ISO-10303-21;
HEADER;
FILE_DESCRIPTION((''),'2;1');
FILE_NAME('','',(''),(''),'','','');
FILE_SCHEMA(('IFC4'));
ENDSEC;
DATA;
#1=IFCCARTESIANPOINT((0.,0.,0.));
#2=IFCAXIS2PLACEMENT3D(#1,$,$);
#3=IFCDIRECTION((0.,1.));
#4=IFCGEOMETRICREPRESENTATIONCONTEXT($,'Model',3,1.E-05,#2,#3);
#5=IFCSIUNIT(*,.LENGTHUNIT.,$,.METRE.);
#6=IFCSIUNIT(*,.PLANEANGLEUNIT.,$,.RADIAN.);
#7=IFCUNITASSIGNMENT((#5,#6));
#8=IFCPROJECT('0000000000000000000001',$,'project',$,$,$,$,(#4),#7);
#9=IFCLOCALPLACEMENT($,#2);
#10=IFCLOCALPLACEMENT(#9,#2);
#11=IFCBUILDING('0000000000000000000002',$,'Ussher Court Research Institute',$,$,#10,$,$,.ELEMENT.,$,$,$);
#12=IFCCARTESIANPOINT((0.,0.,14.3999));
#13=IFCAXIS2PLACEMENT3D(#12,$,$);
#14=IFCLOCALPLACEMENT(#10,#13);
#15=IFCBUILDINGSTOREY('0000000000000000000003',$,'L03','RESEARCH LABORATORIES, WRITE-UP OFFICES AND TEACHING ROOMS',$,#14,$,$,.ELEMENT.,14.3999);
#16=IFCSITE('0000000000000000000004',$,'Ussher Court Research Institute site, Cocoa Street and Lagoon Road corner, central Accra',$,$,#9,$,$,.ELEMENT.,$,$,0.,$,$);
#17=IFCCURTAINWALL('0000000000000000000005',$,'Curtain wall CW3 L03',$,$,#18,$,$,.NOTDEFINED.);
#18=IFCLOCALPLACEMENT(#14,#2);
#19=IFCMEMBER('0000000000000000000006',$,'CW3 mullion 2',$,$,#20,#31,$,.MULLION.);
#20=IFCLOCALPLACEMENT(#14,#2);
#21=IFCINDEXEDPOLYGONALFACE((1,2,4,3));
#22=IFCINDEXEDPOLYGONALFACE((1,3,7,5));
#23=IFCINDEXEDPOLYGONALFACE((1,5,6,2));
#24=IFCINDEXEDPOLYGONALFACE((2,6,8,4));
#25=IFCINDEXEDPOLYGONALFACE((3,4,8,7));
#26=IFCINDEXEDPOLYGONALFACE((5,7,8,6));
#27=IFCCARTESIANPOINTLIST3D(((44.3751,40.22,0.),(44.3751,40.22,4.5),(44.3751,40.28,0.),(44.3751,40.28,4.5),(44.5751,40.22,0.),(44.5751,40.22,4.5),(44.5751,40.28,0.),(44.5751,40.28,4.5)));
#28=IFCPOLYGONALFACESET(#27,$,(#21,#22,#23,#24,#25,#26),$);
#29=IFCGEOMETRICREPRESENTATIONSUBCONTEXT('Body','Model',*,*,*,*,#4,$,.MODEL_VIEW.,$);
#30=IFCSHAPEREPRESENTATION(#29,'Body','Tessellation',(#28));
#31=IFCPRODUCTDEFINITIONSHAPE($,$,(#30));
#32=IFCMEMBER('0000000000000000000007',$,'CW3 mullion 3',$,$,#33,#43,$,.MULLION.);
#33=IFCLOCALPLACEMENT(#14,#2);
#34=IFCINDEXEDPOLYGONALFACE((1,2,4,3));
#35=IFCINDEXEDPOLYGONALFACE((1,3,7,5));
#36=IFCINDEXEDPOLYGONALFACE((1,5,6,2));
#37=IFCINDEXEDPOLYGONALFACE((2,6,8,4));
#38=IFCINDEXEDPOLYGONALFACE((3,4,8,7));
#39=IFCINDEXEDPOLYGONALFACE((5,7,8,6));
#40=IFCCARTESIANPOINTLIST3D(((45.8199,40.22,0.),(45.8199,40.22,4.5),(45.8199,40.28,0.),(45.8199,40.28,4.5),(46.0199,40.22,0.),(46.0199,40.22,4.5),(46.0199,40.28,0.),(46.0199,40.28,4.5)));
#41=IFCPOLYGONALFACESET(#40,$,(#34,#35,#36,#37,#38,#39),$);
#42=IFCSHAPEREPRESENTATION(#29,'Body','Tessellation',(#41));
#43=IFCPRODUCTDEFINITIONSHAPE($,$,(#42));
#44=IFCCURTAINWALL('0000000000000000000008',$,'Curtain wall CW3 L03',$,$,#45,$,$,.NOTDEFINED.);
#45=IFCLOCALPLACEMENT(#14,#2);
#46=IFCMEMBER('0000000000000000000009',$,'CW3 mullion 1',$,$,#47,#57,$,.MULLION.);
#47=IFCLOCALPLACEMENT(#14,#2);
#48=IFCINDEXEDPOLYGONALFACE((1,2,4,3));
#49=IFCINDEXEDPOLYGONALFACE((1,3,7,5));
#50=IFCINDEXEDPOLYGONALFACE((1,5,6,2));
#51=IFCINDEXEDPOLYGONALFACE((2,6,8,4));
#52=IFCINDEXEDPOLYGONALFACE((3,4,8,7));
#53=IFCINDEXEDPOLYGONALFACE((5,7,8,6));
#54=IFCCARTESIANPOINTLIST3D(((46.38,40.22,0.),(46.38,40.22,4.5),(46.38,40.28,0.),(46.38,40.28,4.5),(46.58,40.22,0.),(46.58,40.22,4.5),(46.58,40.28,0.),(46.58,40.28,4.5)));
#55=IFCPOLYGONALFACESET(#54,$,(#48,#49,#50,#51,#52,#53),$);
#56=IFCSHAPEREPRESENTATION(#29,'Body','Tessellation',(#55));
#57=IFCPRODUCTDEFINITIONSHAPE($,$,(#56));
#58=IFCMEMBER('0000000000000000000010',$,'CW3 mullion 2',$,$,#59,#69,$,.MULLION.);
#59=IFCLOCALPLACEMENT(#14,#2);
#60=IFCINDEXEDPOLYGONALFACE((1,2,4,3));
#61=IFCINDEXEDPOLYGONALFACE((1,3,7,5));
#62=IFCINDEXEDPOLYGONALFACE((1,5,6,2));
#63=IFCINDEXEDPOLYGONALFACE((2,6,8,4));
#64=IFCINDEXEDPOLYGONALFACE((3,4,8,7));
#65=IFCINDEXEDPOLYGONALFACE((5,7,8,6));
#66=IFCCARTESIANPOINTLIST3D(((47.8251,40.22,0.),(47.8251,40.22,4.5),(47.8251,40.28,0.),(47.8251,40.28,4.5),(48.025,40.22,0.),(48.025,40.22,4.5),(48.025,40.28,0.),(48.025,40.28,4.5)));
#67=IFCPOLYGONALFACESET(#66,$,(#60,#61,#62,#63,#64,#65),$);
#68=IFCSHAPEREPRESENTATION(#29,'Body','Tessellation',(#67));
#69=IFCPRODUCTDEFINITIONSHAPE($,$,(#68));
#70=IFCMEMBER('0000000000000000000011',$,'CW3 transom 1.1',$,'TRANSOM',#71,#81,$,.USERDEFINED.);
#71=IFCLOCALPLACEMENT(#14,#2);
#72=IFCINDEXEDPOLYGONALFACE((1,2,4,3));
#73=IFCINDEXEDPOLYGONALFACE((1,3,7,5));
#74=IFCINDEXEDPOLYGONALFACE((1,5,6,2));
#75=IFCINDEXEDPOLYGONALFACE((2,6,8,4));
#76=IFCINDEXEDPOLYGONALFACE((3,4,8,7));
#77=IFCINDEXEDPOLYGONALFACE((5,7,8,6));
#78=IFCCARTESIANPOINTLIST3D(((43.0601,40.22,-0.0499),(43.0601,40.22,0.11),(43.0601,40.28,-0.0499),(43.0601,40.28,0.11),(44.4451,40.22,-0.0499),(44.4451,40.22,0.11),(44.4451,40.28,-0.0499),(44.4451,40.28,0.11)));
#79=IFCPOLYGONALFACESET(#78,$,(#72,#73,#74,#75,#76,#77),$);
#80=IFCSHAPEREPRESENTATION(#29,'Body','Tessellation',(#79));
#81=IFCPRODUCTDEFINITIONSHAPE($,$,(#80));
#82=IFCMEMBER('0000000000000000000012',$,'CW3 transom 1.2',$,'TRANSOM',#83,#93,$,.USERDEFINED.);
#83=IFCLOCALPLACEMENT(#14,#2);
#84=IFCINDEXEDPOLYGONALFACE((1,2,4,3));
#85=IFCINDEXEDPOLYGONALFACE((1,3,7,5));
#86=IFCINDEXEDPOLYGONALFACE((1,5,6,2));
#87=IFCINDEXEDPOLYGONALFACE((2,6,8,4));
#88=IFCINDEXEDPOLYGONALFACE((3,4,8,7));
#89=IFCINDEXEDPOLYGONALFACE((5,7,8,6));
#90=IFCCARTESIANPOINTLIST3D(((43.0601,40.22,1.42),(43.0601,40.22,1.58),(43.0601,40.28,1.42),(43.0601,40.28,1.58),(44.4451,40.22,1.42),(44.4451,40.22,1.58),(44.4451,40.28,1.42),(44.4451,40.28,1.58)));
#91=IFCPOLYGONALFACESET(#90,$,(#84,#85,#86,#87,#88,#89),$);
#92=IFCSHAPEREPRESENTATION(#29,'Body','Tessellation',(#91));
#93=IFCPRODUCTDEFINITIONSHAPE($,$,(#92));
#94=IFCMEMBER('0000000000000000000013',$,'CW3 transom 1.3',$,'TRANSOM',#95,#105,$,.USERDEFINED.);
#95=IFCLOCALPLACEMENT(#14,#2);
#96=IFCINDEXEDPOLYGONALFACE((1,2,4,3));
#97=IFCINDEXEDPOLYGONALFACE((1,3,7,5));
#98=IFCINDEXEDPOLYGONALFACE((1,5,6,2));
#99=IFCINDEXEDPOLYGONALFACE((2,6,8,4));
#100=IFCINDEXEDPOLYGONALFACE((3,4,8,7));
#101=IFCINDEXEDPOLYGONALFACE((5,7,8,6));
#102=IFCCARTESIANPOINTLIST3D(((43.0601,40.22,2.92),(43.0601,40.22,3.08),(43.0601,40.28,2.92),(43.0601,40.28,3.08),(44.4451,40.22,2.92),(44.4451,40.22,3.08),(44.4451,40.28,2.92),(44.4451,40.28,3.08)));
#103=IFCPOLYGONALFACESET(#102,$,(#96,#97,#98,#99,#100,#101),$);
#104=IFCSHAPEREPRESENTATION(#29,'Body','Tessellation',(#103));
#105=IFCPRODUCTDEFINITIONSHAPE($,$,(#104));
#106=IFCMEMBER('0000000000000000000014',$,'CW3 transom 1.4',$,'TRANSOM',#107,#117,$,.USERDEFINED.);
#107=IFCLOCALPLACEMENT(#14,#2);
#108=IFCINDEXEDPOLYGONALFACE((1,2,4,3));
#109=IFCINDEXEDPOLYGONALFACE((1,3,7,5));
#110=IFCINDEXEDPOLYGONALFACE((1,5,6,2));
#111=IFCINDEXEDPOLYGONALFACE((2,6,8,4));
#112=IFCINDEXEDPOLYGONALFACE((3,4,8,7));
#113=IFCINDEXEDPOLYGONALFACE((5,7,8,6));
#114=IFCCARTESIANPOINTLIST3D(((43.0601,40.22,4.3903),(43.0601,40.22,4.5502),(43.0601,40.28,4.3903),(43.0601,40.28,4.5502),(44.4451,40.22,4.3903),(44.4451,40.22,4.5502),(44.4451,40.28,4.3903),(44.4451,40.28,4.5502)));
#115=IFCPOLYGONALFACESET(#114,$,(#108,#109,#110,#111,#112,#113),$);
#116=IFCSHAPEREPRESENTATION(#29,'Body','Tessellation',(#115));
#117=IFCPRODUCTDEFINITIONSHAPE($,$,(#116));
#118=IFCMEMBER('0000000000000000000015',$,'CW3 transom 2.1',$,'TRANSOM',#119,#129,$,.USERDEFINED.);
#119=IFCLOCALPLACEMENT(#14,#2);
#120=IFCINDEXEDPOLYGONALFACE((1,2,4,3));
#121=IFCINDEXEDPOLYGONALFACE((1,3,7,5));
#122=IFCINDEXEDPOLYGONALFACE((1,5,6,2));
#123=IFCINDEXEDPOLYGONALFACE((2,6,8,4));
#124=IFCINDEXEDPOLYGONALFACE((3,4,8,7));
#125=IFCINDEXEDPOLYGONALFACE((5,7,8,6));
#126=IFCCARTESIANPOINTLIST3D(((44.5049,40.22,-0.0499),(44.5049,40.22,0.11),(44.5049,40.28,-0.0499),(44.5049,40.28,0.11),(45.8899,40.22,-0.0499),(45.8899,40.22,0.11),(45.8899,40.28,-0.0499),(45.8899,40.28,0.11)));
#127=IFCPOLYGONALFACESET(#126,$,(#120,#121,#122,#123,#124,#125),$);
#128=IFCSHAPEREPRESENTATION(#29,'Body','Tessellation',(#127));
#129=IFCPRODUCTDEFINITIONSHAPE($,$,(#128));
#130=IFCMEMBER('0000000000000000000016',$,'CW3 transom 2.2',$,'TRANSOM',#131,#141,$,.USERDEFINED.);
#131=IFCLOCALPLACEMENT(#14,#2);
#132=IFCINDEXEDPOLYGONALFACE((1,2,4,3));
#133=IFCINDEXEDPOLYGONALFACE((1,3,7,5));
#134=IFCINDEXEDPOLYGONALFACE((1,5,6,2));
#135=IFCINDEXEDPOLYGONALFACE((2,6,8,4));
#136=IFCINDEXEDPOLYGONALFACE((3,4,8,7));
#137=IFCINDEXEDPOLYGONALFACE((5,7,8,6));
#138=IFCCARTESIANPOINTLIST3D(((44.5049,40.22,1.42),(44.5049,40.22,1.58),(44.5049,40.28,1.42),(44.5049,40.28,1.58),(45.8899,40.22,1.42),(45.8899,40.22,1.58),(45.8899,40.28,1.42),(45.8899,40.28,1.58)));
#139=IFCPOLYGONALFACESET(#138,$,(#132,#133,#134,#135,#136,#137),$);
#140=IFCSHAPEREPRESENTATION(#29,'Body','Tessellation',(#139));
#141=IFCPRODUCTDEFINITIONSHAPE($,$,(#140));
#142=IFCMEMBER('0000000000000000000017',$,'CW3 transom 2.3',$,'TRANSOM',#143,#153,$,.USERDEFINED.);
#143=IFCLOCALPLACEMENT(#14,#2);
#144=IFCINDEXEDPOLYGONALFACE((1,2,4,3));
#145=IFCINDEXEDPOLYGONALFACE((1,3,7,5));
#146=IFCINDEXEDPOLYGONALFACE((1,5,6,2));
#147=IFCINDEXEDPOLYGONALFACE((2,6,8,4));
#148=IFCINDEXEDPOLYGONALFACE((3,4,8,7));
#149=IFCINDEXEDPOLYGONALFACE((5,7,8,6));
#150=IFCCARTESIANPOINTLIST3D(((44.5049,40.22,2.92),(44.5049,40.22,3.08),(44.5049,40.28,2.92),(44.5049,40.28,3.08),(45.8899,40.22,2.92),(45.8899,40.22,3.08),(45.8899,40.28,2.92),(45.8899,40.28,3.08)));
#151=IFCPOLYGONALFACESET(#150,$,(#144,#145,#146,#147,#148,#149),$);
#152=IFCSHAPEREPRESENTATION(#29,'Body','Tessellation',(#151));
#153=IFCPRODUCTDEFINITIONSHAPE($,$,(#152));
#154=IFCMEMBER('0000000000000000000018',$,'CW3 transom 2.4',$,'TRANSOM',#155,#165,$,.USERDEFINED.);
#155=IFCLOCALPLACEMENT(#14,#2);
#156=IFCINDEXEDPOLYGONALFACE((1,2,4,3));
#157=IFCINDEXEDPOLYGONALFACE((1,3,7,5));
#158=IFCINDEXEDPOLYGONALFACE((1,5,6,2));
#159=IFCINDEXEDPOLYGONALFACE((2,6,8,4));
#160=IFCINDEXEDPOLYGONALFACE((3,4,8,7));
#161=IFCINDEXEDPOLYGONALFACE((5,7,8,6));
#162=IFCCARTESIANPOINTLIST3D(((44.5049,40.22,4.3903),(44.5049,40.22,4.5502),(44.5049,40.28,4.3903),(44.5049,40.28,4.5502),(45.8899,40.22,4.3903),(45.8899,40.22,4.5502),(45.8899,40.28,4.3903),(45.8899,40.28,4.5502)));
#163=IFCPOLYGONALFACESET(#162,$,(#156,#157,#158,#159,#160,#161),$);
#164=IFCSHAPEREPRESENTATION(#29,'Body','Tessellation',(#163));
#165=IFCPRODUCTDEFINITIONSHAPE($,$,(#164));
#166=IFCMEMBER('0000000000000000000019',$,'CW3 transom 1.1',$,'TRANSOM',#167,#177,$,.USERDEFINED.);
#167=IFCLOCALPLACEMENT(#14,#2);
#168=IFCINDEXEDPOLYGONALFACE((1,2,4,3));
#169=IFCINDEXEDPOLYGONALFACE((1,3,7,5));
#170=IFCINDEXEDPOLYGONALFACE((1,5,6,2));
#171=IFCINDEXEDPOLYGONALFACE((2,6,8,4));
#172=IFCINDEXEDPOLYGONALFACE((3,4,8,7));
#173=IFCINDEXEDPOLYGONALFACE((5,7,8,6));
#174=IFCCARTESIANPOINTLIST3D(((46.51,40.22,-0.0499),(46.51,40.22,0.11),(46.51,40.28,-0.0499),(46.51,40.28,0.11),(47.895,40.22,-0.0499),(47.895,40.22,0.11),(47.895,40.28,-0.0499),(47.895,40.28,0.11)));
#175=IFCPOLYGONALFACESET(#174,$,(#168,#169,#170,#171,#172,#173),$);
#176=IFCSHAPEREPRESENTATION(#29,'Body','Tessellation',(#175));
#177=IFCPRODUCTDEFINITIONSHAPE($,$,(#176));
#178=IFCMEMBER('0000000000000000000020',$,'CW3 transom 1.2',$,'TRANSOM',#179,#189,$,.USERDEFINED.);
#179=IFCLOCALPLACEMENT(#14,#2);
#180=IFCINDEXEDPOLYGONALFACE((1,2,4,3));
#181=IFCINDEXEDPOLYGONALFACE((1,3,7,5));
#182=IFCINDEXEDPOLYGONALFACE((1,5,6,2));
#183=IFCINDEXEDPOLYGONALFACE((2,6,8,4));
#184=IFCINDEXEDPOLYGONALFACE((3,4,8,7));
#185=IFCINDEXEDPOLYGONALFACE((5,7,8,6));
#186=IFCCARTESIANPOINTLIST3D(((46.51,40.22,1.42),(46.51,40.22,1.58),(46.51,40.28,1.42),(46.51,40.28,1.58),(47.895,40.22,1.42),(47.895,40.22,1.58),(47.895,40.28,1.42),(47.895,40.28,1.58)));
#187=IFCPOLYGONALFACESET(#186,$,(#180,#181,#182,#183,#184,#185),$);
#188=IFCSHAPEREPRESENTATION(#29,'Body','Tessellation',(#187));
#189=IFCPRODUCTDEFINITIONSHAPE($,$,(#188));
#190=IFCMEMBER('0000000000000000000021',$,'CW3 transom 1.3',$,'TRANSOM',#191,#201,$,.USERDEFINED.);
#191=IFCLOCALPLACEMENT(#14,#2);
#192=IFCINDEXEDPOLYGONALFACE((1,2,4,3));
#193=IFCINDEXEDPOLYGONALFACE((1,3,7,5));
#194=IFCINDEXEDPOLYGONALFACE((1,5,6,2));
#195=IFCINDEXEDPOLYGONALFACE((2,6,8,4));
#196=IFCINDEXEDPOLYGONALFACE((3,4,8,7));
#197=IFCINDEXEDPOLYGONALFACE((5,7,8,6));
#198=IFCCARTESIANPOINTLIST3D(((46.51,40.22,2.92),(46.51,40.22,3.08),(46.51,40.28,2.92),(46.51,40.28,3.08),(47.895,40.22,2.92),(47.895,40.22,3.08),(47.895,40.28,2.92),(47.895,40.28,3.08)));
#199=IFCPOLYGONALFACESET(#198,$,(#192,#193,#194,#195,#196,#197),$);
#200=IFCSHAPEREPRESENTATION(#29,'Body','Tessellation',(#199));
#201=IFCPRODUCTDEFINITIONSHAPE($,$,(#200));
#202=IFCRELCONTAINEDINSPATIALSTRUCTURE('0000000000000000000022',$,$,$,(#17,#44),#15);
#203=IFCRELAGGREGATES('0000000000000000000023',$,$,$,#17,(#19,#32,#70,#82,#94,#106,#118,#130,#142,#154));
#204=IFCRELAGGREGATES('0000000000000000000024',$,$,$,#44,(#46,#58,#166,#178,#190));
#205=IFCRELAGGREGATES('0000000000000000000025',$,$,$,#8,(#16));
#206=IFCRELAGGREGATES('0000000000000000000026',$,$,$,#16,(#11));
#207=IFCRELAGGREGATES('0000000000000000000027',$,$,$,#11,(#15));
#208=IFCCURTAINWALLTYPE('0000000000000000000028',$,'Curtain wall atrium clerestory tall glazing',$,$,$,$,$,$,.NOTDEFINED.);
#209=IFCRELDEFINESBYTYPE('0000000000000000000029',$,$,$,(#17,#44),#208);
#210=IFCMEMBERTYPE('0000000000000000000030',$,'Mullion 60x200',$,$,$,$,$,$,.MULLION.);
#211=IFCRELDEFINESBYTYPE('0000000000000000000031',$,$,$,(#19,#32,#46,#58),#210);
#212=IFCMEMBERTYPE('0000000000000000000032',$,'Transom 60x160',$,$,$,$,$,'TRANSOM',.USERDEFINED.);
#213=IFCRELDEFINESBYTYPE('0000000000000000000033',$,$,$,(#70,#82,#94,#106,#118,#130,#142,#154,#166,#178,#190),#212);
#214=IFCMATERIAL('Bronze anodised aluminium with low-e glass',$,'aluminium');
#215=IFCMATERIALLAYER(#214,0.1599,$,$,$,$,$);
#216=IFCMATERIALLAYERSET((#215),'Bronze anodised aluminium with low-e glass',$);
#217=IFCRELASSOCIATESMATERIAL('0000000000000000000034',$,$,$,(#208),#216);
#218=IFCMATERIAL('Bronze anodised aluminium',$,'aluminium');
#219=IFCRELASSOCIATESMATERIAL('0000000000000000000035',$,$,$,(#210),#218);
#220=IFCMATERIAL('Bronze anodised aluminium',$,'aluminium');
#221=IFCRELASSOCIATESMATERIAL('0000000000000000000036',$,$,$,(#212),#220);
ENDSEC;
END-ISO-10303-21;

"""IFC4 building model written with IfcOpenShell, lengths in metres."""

from ifc_helpers import new_model, si_unit, direction, frame, origin, origin_2d, place, context, subcontext, project, spatial, rectangle, extrude, material, layer, layer_set, material_profile, profile_set, type_object, element, aggregate, save


model = new_model("IFC4")

# Units and contexts
model_context = context("Model", 3, precision=1e-05, world=origin(), true_north=direction((0.0, 1.0)))
body_context = subcontext(model_context, "Body", "Model", "MODEL_VIEW")
ifc_project = project(units=[si_unit("LENGTHUNIT", "METRE"), si_unit("PLANEANGLEUNIT", "RADIAN")], contexts=[model_context])

# Site, building, storey
site_placement = place(None, origin())
site = spatial("IfcSite", under=ifc_project, at=site_placement, Name="Ussher Court Research Institute site, Cocoa Street and Lagoon Road corner, central Accra", CompositionType="ELEMENT", RefElevation=0.0)
building_placement = place(site_placement, origin())
building = spatial("IfcBuilding", under=site, at=building_placement, Name="Ussher Court Research Institute", CompositionType="ELEMENT")
storey_placement = place(building_placement, frame((0.0, 0.0, 14.3999)))
storey = spatial("IfcBuildingStorey", under=building, at=storey_placement, Name="L03", Description="RESEARCH LABORATORIES, WRITE-UP OFFICES AND TEACHING ROOMS", CompositionType="ELEMENT", Elevation=14.3999)

# Curtain walls, members
ifc_material_1 = material(Name="Bronze anodised aluminium with low-e glass", Category="aluminium")
ifc_layer_1 = layer(ifc_material_1, 0.1599)
ifc_layer_set_1 = layer_set([ifc_layer_1], Name="Bronze anodised aluminium with low-e glass")
curtain_wall_type = type_object("IfcCurtainWallType", Name="Curtain wall atrium clerestory tall glazing", PredefinedType="NOTDEFINED", material=ifc_layer_set_1)
curtain_wall_1_placement = place(storey_placement, origin())
curtain_wall_1 = element("IfcCurtainWall", 1, at=curtain_wall_1_placement, inside=storey, type_object=curtain_wall_type, Name="Curtain wall CW3 L03", PredefinedType="NOTDEFINED")
ifc_material_2 = material(Name="Bronze anodised aluminium", Category="aluminium")
ifc_material_profile_1 = material_profile(ifc_material_2, rectangle(XDim=0.0601, YDim=0.2, at=origin_2d()), Name="Mullion 60x200")
ifc_profile_set_1 = profile_set([ifc_material_profile_1], Name="Bronze anodised aluminium")
member_type_1 = type_object("IfcMemberType", Name="Mullion 60x200", PredefinedType="MULLION", material=ifc_profile_set_1)
member_1_placement = place(storey_placement, frame((44.4751, 40.25, 0.0), z_axis=(0.0, 0.0, 1.0), x_axis=(0.0, 1.0, 0.0)))
member_1 = element("IfcMember", 2, at=member_1_placement, type_object=member_type_1, Name="CW3 mullion 2", PredefinedType="MULLION", context=body_context, shape_type="SweptSolid", body=[
    extrude(rectangle(XDim=0.0601, YDim=0.2, at=origin_2d()), origin(), (0.0, 0.0, 1.0), 4.5),
])
member_2_placement = place(storey_placement, frame((45.9199, 40.25, 0.0), z_axis=(0.0, 0.0, 1.0), x_axis=(0.0, 1.0, 0.0)))
member_2 = element("IfcMember", 3, at=member_2_placement, type_object=member_type_1, Name="CW3 mullion 3", PredefinedType="MULLION", context=body_context, shape_type="SweptSolid", body=[
    extrude(rectangle(XDim=0.0601, YDim=0.2, at=origin_2d()), origin(), (0.0, 0.0, 1.0), 4.5),
])
curtain_wall_2_placement = place(storey_placement, origin())
curtain_wall_2 = element("IfcCurtainWall", 4, at=curtain_wall_2_placement, inside=storey, type_object=curtain_wall_type, Name="Curtain wall CW3 L03", PredefinedType="NOTDEFINED")
member_3_placement = place(storey_placement, frame((46.48, 40.25, 0.0), z_axis=(0.0, 0.0, 1.0), x_axis=(0.0, 1.0, 0.0)))
member_3 = element("IfcMember", 5, at=member_3_placement, type_object=member_type_1, Name="CW3 mullion 1", PredefinedType="MULLION", context=body_context, shape_type="SweptSolid", body=[
    extrude(rectangle(XDim=0.0601, YDim=0.2, at=origin_2d()), origin(), (0.0, 0.0, 1.0), 4.5),
])
member_4_placement = place(storey_placement, frame((47.925, 40.25, 0.0), z_axis=(0.0, 0.0, 1.0), x_axis=(0.0, 1.0, 0.0)))
member_4 = element("IfcMember", 6, at=member_4_placement, type_object=member_type_1, Name="CW3 mullion 2", PredefinedType="MULLION", context=body_context, shape_type="SweptSolid", body=[
    extrude(rectangle(XDim=0.0601, YDim=0.2, at=origin_2d()), origin(), (0.0, 0.0, 1.0), 4.5),
])

# Members
ifc_material_3 = material(Name="Bronze anodised aluminium", Category="aluminium")
ifc_material_profile_2 = material_profile(ifc_material_3, rectangle(XDim=0.0601, YDim=0.1599, at=origin_2d()), Name="Transom 60x160")
ifc_profile_set_2 = profile_set([ifc_material_profile_2], Name="Bronze anodised aluminium")
member_type_2 = type_object("IfcMemberType", Name="Transom 60x160", ElementType="TRANSOM", PredefinedType="USERDEFINED", material=ifc_profile_set_2)
member_5_placement = place(storey_placement, frame((43.0601, 40.25, 0.03), z_axis=(1.0, 0.0, 0.0), x_axis=(0.0, 1.0, 0.0)))
member_5 = element("IfcMember", 7, at=member_5_placement, type_object=member_type_2, Name="CW3 transom 1.1", ObjectType="TRANSOM", PredefinedType="USERDEFINED", context=body_context, shape_type="SweptSolid", body=[
    extrude(rectangle(XDim=0.0601, YDim=0.1599, at=origin_2d()), origin(), (0.0, 0.0, 1.0), 1.385),
])
member_6_placement = place(storey_placement, frame((43.0601, 40.25, 1.5), z_axis=(1.0, 0.0, 0.0), x_axis=(0.0, 1.0, 0.0)))
member_6 = element("IfcMember", 8, at=member_6_placement, type_object=member_type_2, Name="CW3 transom 1.2", ObjectType="TRANSOM", PredefinedType="USERDEFINED", context=body_context, shape_type="SweptSolid", body=[
    extrude(rectangle(XDim=0.0601, YDim=0.1599, at=origin_2d()), origin(), (0.0, 0.0, 1.0), 1.385),
])
member_7_placement = place(storey_placement, frame((43.0601, 40.25, 3.0), z_axis=(1.0, 0.0, 0.0), x_axis=(0.0, 1.0, 0.0)))
member_7 = element("IfcMember", 9, at=member_7_placement, type_object=member_type_2, Name="CW3 transom 1.3", ObjectType="TRANSOM", PredefinedType="USERDEFINED", context=body_context, shape_type="SweptSolid", body=[
    extrude(rectangle(XDim=0.0601, YDim=0.1599, at=origin_2d()), origin(), (0.0, 0.0, 1.0), 1.385),
])
member_8_placement = place(storey_placement, frame((43.0601, 40.25, 4.4702), z_axis=(1.0, 0.0, 0.0), x_axis=(0.0, 1.0, 0.0)))
member_8 = element("IfcMember", 10, at=member_8_placement, type_object=member_type_2, Name="CW3 transom 1.4", ObjectType="TRANSOM", PredefinedType="USERDEFINED", context=body_context, shape_type="SweptSolid", body=[
    extrude(rectangle(XDim=0.0601, YDim=0.1599, at=origin_2d()), origin(), (0.0, 0.0, 1.0), 1.385),
])
member_9_placement = place(storey_placement, frame((44.5049, 40.25, 0.03), z_axis=(1.0, 0.0, 0.0), x_axis=(0.0, 1.0, 0.0)))
member_9 = element("IfcMember", 11, at=member_9_placement, type_object=member_type_2, Name="CW3 transom 2.1", ObjectType="TRANSOM", PredefinedType="USERDEFINED", context=body_context, shape_type="SweptSolid", body=[
    extrude(rectangle(XDim=0.0601, YDim=0.1599, at=origin_2d()), origin(), (0.0, 0.0, 1.0), 1.385),
])
member_10_placement = place(storey_placement, frame((44.5049, 40.25, 1.5), z_axis=(1.0, 0.0, 0.0), x_axis=(0.0, 1.0, 0.0)))
member_10 = element("IfcMember", 12, at=member_10_placement, type_object=member_type_2, Name="CW3 transom 2.2", ObjectType="TRANSOM", PredefinedType="USERDEFINED", context=body_context, shape_type="SweptSolid", body=[
    extrude(rectangle(XDim=0.0601, YDim=0.1599, at=origin_2d()), origin(), (0.0, 0.0, 1.0), 1.385),
])
member_11_placement = place(storey_placement, frame((44.5049, 40.25, 3.0), z_axis=(1.0, 0.0, 0.0), x_axis=(0.0, 1.0, 0.0)))
member_11 = element("IfcMember", 13, at=member_11_placement, type_object=member_type_2, Name="CW3 transom 2.3", ObjectType="TRANSOM", PredefinedType="USERDEFINED", context=body_context, shape_type="SweptSolid", body=[
    extrude(rectangle(XDim=0.0601, YDim=0.1599, at=origin_2d()), origin(), (0.0, 0.0, 1.0), 1.385),
])
member_12_placement = place(storey_placement, frame((44.5049, 40.25, 4.4702), z_axis=(1.0, 0.0, 0.0), x_axis=(0.0, 1.0, 0.0)))
member_12 = element("IfcMember", 14, at=member_12_placement, type_object=member_type_2, Name="CW3 transom 2.4", ObjectType="TRANSOM", PredefinedType="USERDEFINED", context=body_context, shape_type="SweptSolid", body=[
    extrude(rectangle(XDim=0.0601, YDim=0.1599, at=origin_2d()), origin(), (0.0, 0.0, 1.0), 1.385),
])
member_13_placement = place(storey_placement, frame((46.51, 40.25, 0.03), z_axis=(1.0, 0.0, 0.0), x_axis=(0.0, 1.0, 0.0)))
member_13 = element("IfcMember", 15, at=member_13_placement, type_object=member_type_2, Name="CW3 transom 1.1", ObjectType="TRANSOM", PredefinedType="USERDEFINED", context=body_context, shape_type="SweptSolid", body=[
    extrude(rectangle(XDim=0.0601, YDim=0.1599, at=origin_2d()), origin(), (0.0, 0.0, 1.0), 1.385),
])
member_14_placement = place(storey_placement, frame((46.51, 40.25, 1.5), z_axis=(1.0, 0.0, 0.0), x_axis=(0.0, 1.0, 0.0)))
member_14 = element("IfcMember", 16, at=member_14_placement, type_object=member_type_2, Name="CW3 transom 1.2", ObjectType="TRANSOM", PredefinedType="USERDEFINED", context=body_context, shape_type="SweptSolid", body=[
    extrude(rectangle(XDim=0.0601, YDim=0.1599, at=origin_2d()), origin(), (0.0, 0.0, 1.0), 1.385),
])
member_15_placement = place(storey_placement, frame((46.51, 40.25, 3.0), z_axis=(1.0, 0.0, 0.0), x_axis=(0.0, 1.0, 0.0)))
member_15 = element("IfcMember", 17, at=member_15_placement, type_object=member_type_2, Name="CW3 transom 1.3", ObjectType="TRANSOM", PredefinedType="USERDEFINED", context=body_context, shape_type="SweptSolid", body=[
    extrude(rectangle(XDim=0.0601, YDim=0.1599, at=origin_2d()), origin(), (0.0, 0.0, 1.0), 1.385),
])

aggregate(curtain_wall_1, [member_1, member_2, member_5, member_6, member_7, member_8, member_9, member_10, member_11, member_12])
aggregate(curtain_wall_2, [member_3, member_4, member_13, member_14, member_15])

save(model, "model.ifc")
